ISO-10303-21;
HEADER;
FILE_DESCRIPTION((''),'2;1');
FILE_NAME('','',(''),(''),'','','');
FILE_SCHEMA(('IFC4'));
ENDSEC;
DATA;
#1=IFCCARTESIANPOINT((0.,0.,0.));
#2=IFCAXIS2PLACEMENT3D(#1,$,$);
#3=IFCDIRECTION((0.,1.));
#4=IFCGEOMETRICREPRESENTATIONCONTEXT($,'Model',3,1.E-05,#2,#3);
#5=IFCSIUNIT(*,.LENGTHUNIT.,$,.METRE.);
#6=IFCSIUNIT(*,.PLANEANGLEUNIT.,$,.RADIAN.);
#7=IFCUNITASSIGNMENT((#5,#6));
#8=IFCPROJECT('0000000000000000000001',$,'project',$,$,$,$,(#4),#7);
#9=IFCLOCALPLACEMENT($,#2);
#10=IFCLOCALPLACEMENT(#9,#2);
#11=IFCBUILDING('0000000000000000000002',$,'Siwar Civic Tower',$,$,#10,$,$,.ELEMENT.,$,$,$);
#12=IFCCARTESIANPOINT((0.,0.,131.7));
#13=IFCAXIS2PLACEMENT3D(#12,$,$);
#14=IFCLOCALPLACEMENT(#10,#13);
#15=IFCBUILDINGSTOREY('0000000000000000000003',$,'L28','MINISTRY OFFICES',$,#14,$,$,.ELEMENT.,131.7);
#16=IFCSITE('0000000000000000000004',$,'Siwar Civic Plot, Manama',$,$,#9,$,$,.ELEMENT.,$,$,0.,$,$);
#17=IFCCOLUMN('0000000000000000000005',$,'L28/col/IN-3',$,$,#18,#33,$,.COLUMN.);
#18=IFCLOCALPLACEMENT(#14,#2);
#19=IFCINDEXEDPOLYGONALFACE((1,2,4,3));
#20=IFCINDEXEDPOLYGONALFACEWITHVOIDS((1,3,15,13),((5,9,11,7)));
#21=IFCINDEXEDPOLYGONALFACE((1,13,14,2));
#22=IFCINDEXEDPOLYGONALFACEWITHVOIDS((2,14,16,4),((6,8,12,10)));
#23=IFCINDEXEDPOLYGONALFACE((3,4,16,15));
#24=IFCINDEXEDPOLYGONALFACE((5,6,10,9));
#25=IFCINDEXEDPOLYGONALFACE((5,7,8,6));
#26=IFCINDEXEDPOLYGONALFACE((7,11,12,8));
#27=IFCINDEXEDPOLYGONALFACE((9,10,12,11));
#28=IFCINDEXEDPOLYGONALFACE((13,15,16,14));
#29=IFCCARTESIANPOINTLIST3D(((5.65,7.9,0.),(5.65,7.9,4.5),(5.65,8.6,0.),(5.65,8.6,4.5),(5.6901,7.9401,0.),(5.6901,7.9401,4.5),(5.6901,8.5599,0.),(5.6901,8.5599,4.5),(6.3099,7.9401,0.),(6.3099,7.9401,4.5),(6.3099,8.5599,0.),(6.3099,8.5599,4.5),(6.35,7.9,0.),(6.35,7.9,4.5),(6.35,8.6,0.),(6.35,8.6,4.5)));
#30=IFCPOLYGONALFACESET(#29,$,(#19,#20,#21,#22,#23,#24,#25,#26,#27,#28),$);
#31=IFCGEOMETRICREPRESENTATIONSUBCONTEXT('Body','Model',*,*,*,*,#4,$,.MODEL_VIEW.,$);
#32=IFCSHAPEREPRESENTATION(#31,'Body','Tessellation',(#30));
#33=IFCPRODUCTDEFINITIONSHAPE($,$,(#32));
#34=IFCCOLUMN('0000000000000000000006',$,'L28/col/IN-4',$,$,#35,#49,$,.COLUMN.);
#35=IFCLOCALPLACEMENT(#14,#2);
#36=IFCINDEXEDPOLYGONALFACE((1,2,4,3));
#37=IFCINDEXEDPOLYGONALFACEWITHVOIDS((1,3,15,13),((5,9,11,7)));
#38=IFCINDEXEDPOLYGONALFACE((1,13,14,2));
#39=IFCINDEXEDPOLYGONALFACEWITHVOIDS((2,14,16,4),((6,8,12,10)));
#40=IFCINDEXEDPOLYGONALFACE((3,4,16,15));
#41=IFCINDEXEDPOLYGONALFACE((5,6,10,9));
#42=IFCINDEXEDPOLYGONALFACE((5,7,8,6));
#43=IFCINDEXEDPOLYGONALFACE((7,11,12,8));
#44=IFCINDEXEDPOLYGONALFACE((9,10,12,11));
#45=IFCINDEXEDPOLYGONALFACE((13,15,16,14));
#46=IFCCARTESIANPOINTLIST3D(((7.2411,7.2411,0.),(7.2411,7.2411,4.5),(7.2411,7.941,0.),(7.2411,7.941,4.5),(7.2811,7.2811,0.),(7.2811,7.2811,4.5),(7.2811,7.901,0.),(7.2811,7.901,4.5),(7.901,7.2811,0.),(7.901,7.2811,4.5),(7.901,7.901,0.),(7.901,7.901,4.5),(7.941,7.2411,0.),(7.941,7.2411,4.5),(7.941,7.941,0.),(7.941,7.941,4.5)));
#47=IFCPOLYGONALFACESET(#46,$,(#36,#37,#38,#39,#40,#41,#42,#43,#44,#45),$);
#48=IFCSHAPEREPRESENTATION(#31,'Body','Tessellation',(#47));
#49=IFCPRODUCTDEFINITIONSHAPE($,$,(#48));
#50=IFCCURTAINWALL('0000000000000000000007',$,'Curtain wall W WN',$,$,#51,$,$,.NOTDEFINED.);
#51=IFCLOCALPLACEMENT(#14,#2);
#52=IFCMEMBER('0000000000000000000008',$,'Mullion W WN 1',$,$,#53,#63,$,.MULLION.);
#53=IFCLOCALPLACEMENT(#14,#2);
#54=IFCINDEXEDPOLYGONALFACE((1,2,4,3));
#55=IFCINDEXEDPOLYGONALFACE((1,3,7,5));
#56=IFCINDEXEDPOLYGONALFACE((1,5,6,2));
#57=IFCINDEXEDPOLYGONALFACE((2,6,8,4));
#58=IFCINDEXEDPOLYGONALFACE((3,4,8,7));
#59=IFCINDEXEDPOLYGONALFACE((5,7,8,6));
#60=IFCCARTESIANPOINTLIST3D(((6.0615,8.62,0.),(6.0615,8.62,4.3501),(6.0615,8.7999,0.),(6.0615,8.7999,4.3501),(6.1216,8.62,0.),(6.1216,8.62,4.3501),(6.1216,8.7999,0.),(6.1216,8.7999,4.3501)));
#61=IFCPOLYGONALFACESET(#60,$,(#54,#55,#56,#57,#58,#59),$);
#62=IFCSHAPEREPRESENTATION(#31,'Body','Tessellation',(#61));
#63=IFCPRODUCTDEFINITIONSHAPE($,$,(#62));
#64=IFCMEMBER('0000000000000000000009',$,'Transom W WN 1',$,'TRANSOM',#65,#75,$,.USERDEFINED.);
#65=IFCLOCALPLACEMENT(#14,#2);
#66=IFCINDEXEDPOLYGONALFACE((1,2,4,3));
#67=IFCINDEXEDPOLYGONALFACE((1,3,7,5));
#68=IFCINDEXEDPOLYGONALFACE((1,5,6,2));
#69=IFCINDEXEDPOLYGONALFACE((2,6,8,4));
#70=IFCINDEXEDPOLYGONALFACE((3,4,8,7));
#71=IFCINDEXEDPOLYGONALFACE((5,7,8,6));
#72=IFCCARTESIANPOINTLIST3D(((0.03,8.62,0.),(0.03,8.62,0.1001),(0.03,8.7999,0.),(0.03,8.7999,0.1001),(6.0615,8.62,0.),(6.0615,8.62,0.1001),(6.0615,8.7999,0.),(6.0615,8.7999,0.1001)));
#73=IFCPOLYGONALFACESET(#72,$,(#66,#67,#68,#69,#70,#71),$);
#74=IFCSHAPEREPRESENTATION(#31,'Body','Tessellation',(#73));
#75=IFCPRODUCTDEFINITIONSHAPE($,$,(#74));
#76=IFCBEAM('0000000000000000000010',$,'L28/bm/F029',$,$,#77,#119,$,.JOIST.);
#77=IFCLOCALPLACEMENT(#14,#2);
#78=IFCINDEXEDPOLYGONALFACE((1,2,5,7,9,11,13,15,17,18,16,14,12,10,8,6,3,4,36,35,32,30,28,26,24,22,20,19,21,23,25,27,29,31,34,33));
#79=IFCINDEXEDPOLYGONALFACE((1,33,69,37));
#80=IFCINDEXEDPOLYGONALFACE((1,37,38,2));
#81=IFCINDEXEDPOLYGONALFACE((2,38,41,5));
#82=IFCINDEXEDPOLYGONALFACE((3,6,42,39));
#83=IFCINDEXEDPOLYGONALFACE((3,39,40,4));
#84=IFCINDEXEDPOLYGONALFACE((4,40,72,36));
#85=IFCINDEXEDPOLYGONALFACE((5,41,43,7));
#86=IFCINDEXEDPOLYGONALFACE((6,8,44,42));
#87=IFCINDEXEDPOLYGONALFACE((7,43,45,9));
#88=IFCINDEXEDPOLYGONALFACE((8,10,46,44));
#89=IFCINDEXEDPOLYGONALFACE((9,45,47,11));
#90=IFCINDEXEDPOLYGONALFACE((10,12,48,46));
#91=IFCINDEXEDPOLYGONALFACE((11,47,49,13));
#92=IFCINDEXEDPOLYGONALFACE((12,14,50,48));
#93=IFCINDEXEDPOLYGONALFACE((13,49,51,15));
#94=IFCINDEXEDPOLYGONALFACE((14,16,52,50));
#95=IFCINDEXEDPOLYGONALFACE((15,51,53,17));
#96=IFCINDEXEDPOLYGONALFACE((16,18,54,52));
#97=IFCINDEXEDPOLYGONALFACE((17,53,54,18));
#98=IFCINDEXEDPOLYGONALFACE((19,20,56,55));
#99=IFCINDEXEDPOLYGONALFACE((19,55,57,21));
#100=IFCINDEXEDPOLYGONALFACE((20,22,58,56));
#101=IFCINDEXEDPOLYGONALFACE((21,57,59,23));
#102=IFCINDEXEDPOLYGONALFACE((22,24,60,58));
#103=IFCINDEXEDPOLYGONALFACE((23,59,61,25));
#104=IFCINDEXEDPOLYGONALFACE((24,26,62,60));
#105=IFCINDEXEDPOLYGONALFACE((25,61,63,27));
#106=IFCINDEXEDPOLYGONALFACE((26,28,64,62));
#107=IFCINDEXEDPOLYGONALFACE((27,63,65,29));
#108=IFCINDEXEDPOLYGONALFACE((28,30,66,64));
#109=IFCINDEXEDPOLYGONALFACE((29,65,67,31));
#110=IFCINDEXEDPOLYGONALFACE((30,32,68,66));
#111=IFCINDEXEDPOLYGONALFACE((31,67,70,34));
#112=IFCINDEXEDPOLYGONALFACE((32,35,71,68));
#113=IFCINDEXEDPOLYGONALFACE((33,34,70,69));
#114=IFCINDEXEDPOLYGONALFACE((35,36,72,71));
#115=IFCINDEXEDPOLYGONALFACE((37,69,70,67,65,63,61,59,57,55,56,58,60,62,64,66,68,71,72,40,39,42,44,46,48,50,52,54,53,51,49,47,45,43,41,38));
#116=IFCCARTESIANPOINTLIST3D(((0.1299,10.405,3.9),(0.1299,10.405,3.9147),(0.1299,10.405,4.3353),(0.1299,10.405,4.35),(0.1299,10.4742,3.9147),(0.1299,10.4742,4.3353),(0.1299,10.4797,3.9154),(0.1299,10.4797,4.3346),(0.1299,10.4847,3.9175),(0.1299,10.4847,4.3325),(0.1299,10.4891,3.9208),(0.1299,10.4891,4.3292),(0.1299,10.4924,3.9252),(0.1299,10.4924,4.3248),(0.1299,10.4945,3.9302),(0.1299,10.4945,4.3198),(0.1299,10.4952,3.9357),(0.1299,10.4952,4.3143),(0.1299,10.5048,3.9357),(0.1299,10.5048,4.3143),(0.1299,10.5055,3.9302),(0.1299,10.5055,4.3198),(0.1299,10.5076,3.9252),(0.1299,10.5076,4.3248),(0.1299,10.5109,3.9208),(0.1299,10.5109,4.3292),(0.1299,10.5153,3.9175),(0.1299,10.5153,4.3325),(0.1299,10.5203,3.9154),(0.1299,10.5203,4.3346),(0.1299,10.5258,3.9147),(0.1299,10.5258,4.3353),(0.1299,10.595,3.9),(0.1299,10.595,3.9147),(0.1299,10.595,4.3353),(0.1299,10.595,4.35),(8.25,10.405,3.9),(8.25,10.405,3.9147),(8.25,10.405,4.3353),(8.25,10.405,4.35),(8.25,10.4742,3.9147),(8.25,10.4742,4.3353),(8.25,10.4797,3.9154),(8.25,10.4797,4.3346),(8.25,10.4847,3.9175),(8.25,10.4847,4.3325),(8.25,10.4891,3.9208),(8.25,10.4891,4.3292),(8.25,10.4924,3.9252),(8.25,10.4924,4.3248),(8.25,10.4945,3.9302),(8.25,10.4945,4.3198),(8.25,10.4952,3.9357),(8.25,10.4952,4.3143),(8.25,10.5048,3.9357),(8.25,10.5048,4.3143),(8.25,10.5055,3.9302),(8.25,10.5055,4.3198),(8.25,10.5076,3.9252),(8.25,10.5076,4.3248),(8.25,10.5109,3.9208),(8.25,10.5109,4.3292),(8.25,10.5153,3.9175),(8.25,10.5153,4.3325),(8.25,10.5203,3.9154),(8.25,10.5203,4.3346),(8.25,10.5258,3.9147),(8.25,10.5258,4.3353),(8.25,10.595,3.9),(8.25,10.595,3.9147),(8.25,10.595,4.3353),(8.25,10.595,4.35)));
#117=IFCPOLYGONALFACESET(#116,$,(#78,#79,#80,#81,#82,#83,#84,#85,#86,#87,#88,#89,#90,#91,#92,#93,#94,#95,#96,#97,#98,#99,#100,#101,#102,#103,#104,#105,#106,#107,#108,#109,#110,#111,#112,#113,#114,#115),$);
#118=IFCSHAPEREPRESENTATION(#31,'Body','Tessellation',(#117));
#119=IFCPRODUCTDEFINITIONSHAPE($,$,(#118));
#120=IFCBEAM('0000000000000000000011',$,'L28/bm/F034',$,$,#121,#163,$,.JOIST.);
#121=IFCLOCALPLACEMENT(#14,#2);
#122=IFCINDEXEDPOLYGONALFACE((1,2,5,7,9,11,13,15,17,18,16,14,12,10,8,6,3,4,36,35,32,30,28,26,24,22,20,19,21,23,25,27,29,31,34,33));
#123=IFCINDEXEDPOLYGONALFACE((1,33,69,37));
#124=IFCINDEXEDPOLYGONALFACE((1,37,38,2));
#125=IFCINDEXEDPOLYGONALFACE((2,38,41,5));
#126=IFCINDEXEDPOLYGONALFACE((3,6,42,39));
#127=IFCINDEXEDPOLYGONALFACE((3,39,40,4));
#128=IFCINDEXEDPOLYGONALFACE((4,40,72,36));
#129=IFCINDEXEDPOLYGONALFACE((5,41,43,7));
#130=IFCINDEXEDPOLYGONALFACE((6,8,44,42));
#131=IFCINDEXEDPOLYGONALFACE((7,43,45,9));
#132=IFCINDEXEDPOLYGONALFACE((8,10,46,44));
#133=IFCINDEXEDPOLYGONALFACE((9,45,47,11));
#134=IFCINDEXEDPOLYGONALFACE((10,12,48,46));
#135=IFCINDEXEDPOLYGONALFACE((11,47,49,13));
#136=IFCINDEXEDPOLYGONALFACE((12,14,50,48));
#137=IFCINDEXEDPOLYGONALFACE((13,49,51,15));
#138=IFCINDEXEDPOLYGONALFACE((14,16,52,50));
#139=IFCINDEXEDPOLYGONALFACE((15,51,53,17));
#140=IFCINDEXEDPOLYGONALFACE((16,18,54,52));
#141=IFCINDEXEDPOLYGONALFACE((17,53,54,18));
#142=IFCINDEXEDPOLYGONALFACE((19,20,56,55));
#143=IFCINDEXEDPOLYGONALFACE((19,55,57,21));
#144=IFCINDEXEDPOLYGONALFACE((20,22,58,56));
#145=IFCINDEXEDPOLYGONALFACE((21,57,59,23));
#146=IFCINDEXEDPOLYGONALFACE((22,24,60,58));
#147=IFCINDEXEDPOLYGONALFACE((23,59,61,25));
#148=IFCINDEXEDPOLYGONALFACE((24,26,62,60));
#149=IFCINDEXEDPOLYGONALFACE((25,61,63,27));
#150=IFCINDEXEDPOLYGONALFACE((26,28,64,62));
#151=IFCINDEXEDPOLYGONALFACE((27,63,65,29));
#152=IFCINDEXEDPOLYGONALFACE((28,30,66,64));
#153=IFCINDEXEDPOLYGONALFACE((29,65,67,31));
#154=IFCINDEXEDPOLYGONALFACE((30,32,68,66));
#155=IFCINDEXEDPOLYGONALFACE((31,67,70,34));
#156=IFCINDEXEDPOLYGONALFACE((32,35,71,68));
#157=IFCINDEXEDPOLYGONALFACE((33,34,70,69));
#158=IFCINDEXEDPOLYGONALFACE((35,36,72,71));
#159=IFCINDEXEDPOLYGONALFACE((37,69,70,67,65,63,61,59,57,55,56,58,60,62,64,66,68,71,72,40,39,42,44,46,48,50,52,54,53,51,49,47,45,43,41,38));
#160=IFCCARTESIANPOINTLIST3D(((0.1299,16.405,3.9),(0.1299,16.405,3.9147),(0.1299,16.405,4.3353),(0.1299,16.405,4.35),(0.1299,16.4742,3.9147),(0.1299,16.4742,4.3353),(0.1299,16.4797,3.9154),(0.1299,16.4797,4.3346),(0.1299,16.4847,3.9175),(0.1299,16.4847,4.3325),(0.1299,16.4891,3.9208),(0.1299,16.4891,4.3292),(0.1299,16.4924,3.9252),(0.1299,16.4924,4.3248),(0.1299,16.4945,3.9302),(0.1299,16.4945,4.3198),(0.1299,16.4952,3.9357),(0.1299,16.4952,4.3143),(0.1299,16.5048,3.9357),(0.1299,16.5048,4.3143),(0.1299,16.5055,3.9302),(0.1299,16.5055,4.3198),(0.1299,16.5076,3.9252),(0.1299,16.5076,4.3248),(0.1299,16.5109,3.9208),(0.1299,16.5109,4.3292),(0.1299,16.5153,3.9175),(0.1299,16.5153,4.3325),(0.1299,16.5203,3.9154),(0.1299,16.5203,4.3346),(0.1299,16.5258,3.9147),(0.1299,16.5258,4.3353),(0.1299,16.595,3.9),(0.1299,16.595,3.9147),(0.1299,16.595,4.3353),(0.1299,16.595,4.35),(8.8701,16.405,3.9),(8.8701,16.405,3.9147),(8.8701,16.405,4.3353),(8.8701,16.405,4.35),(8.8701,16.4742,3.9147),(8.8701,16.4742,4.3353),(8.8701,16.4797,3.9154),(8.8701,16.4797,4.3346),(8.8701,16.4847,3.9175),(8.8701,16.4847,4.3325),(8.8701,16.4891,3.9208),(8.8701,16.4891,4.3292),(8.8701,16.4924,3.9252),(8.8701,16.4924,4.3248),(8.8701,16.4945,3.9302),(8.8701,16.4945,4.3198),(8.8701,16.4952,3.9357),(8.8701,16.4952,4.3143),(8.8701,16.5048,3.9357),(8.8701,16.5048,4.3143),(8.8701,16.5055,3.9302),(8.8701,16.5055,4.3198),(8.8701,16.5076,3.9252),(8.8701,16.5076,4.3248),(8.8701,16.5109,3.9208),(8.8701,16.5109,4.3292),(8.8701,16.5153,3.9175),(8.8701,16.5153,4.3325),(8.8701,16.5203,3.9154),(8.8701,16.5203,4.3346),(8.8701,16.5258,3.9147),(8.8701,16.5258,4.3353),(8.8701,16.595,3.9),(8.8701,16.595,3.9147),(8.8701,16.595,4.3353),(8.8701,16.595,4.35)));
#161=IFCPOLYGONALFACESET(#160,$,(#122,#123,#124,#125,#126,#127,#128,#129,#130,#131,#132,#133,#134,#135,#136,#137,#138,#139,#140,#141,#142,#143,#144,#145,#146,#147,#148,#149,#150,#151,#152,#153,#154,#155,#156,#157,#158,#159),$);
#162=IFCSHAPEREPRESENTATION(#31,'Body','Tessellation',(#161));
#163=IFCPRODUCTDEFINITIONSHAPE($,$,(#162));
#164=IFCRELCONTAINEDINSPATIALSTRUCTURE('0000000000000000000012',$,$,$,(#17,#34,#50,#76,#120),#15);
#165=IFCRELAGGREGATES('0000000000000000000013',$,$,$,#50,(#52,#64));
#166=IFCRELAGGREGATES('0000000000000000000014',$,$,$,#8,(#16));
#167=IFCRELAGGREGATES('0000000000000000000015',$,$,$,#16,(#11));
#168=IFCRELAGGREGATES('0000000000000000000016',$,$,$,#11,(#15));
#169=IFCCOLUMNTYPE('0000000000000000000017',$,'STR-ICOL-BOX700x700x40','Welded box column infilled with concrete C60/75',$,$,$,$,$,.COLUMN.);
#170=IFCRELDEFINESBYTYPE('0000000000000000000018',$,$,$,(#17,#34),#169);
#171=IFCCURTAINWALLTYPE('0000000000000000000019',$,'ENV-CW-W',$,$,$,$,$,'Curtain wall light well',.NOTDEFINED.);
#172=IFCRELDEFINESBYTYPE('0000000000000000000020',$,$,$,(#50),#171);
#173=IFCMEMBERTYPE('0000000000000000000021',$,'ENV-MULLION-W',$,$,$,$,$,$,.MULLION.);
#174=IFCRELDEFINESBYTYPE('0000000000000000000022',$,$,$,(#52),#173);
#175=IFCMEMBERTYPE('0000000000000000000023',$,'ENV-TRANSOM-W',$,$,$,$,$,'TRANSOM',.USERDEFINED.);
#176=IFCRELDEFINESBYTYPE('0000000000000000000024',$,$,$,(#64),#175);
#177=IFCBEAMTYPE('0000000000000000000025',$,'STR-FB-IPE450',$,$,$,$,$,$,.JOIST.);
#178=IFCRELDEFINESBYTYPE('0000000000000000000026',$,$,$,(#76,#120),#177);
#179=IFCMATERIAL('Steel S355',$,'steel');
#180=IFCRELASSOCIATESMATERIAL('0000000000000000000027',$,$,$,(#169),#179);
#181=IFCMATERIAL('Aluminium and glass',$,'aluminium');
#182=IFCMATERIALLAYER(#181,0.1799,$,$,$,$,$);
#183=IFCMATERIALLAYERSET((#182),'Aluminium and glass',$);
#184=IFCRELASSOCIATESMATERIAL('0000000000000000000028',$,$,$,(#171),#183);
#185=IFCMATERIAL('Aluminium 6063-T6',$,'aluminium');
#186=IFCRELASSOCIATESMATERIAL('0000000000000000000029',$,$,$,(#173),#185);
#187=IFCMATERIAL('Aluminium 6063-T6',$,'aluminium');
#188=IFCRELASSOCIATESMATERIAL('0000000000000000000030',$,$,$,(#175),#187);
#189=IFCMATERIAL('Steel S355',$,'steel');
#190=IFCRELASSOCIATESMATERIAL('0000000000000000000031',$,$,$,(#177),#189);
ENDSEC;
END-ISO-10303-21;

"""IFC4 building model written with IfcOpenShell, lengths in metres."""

from ifc_helpers import new_model, si_unit, direction, frame, origin, origin_2d, place, context, subcontext, project, spatial, rectangle, hollow_rectangle, i_section, extrude, material, layer, layer_set, material_profile, profile_set, type_object, element, aggregate, save


model = new_model("IFC4")

# Units and contexts
model_context = context("Model", 3, precision=1e-05, world=origin(), true_north=direction((0.0, 1.0)))
body_context = subcontext(model_context, "Body", "Model", "MODEL_VIEW")
ifc_project = project(units=[si_unit("LENGTHUNIT", "METRE"), si_unit("PLANEANGLEUNIT", "RADIAN")], contexts=[model_context])

# Site, building, storey
site_placement = place(None, origin())
site = spatial("IfcSite", under=ifc_project, at=site_placement, Name="Siwar Civic Plot, Manama", CompositionType="ELEMENT", RefElevation=0.0)
building_placement = place(site_placement, origin())
building = spatial("IfcBuilding", under=site, at=building_placement, Name="Siwar Civic Tower", CompositionType="ELEMENT")
storey_placement = place(building_placement, frame((0.0, 0.0, 131.7)))
storey = spatial("IfcBuildingStorey", under=building, at=storey_placement, Name="L28", Description="MINISTRY OFFICES", CompositionType="ELEMENT", Elevation=131.7)

# Columns
ifc_material_1 = material(Name="Steel S355", Category="steel")
ifc_material_profile_1 = material_profile(ifc_material_1, hollow_rectangle(XDim=0.7, YDim=0.7, WallThickness=0.04, at=origin_2d()), Name="BOX700x700x40")
ifc_profile_set_1 = profile_set([ifc_material_profile_1], Name="Steel S355")
column_type = type_object("IfcColumnType", Name="STR-ICOL-BOX700x700x40", Description="Welded box column infilled with concrete C60/75", PredefinedType="COLUMN", material=ifc_profile_set_1)
for number, where, z_axis, x_axis, name in (
    (1, (6.0, 8.25, 0.0), (0.0, 0.0, 1.0), (1.0, 0.0, 0.0), "L28/col/IN-3"),
    (2, (7.5911, 7.5911, 0.0), (0.0, 0.0, 1.0), (1.0, 0.0, 0.0), "L28/col/IN-4"),
):
    element("IfcColumn", number, at=place(storey_placement, frame(where, z_axis=z_axis, x_axis=x_axis)), inside=storey, type_object=column_type, Name=name, PredefinedType="COLUMN", context=body_context, shape_type="SweptSolid", body=[
        extrude(hollow_rectangle(XDim=0.7, YDim=0.7, WallThickness=0.04, at=origin_2d()), origin(), (0.0, 0.0, 1.0), 4.5),
    ])

# Curtain wall, members
ifc_material_2 = material(Name="Aluminium and glass", Category="aluminium")
ifc_layer_1 = layer(ifc_material_2, 0.1799)
ifc_layer_set_1 = layer_set([ifc_layer_1], Name="Aluminium and glass")
curtain_wall_type = type_object("IfcCurtainWallType", Name="ENV-CW-W", ElementType="Curtain wall light well", PredefinedType="NOTDEFINED", material=ifc_layer_set_1)
curtain_wall_placement = place(storey_placement, origin())
curtain_wall = element("IfcCurtainWall", 3, at=curtain_wall_placement, inside=storey, type_object=curtain_wall_type, Name="Curtain wall W WN", PredefinedType="NOTDEFINED")
ifc_material_3 = material(Name="Aluminium 6063-T6", Category="aluminium")
ifc_material_profile_2 = material_profile(ifc_material_3, rectangle(XDim=0.1799, YDim=0.0601, at=origin_2d()), Name="AL 180x60")
ifc_profile_set_2 = profile_set([ifc_material_profile_2], Name="Aluminium 6063-T6")
member_type_1 = type_object("IfcMemberType", Name="ENV-MULLION-W", PredefinedType="MULLION", material=ifc_profile_set_2)
member_1_placement = place(storey_placement, frame((6.0916, 8.71, 0.0), z_axis=(0.0, 0.0, 1.0), x_axis=(0.0, -1.0, 0.0)))
member_1 = element("IfcMember", 4, at=member_1_placement, type_object=member_type_1, Name="Mullion W WN 1", PredefinedType="MULLION", context=body_context, shape_type="SweptSolid", body=[
    extrude(rectangle(XDim=0.1799, YDim=0.0601, at=origin_2d()), origin(), (0.0, 0.0, 1.0), 4.3501),
])
ifc_material_4 = material(Name="Aluminium 6063-T6", Category="aluminium")
ifc_material_profile_3 = material_profile(ifc_material_4, rectangle(XDim=0.1799, YDim=0.1001, at=origin_2d()), Name="AL 180x100")
ifc_profile_set_3 = profile_set([ifc_material_profile_3], Name="Aluminium 6063-T6")
member_type_2 = type_object("IfcMemberType", Name="ENV-TRANSOM-W", ElementType="TRANSOM", PredefinedType="USERDEFINED", material=ifc_profile_set_3)
member_2_placement = place(storey_placement, frame((6.0615, 8.71, 0.05), z_axis=(-1.0, 0.0, 0.0), x_axis=(0.0, -1.0, 0.0)))
member_2 = element("IfcMember", 5, at=member_2_placement, type_object=member_type_2, Name="Transom W WN 1", ObjectType="TRANSOM", PredefinedType="USERDEFINED", context=body_context, shape_type="SweptSolid", body=[
    extrude(rectangle(XDim=0.1799, YDim=0.1001, at=origin_2d()), origin(), (0.0, 0.0, 1.0), 6.0315),
])

# Beams
ifc_material_5 = material(Name="Steel S355", Category="steel")
ifc_material_profile_4 = material_profile(ifc_material_5, i_section(OverallWidth=0.1899, OverallDepth=0.45, WebThickness=0.0095, FlangeThickness=0.0146, FilletRadius=0.021, at=origin_2d()), Name="IPE450")
ifc_profile_set_4 = profile_set([ifc_material_profile_4], Name="Steel S355")
beam_type_1 = type_object("IfcBeamType", Name="STR-FB-IPE450", PredefinedType="JOIST", material=ifc_profile_set_4)
beam_1_placement = place(storey_placement, frame((0.1299, 10.5, 4.125), z_axis=(1.0, 0.0, 0.0), x_axis=(0.0, 1.0, 0.0)))
element("IfcBeam", 6, at=beam_1_placement, inside=storey, type_object=beam_type_1, Name="L28/bm/F029", PredefinedType="JOIST", context=body_context, shape_type="SweptSolid", body=[
    extrude(i_section(OverallWidth=0.1899, OverallDepth=0.45, WebThickness=0.0095, FlangeThickness=0.0146, FilletRadius=0.021, at=origin_2d()), origin(), (0.0, 0.0, 1.0), 8.1201),
])
for number, where, z_axis, x_axis, name in (
    (7, (0.1299, 16.5, 4.125), (1.0, 0.0, 0.0), (0.0, 1.0, 0.0), "L28/bm/F034"),
):
    element("IfcBeam", number, at=place(storey_placement, frame(where, z_axis=z_axis, x_axis=x_axis)), inside=storey, type_object=beam_type_1, Name=name, PredefinedType="JOIST", context=body_context, shape_type="SweptSolid", body=[
        extrude(i_section(OverallWidth=0.1899, OverallDepth=0.45, WebThickness=0.0095, FlangeThickness=0.0146, FilletRadius=0.021, at=origin_2d()), origin(), (0.0, 0.0, 1.0), 8.7402),
    ])

aggregate(curtain_wall, [member_1, member_2])

save(model, "model.ifc")
